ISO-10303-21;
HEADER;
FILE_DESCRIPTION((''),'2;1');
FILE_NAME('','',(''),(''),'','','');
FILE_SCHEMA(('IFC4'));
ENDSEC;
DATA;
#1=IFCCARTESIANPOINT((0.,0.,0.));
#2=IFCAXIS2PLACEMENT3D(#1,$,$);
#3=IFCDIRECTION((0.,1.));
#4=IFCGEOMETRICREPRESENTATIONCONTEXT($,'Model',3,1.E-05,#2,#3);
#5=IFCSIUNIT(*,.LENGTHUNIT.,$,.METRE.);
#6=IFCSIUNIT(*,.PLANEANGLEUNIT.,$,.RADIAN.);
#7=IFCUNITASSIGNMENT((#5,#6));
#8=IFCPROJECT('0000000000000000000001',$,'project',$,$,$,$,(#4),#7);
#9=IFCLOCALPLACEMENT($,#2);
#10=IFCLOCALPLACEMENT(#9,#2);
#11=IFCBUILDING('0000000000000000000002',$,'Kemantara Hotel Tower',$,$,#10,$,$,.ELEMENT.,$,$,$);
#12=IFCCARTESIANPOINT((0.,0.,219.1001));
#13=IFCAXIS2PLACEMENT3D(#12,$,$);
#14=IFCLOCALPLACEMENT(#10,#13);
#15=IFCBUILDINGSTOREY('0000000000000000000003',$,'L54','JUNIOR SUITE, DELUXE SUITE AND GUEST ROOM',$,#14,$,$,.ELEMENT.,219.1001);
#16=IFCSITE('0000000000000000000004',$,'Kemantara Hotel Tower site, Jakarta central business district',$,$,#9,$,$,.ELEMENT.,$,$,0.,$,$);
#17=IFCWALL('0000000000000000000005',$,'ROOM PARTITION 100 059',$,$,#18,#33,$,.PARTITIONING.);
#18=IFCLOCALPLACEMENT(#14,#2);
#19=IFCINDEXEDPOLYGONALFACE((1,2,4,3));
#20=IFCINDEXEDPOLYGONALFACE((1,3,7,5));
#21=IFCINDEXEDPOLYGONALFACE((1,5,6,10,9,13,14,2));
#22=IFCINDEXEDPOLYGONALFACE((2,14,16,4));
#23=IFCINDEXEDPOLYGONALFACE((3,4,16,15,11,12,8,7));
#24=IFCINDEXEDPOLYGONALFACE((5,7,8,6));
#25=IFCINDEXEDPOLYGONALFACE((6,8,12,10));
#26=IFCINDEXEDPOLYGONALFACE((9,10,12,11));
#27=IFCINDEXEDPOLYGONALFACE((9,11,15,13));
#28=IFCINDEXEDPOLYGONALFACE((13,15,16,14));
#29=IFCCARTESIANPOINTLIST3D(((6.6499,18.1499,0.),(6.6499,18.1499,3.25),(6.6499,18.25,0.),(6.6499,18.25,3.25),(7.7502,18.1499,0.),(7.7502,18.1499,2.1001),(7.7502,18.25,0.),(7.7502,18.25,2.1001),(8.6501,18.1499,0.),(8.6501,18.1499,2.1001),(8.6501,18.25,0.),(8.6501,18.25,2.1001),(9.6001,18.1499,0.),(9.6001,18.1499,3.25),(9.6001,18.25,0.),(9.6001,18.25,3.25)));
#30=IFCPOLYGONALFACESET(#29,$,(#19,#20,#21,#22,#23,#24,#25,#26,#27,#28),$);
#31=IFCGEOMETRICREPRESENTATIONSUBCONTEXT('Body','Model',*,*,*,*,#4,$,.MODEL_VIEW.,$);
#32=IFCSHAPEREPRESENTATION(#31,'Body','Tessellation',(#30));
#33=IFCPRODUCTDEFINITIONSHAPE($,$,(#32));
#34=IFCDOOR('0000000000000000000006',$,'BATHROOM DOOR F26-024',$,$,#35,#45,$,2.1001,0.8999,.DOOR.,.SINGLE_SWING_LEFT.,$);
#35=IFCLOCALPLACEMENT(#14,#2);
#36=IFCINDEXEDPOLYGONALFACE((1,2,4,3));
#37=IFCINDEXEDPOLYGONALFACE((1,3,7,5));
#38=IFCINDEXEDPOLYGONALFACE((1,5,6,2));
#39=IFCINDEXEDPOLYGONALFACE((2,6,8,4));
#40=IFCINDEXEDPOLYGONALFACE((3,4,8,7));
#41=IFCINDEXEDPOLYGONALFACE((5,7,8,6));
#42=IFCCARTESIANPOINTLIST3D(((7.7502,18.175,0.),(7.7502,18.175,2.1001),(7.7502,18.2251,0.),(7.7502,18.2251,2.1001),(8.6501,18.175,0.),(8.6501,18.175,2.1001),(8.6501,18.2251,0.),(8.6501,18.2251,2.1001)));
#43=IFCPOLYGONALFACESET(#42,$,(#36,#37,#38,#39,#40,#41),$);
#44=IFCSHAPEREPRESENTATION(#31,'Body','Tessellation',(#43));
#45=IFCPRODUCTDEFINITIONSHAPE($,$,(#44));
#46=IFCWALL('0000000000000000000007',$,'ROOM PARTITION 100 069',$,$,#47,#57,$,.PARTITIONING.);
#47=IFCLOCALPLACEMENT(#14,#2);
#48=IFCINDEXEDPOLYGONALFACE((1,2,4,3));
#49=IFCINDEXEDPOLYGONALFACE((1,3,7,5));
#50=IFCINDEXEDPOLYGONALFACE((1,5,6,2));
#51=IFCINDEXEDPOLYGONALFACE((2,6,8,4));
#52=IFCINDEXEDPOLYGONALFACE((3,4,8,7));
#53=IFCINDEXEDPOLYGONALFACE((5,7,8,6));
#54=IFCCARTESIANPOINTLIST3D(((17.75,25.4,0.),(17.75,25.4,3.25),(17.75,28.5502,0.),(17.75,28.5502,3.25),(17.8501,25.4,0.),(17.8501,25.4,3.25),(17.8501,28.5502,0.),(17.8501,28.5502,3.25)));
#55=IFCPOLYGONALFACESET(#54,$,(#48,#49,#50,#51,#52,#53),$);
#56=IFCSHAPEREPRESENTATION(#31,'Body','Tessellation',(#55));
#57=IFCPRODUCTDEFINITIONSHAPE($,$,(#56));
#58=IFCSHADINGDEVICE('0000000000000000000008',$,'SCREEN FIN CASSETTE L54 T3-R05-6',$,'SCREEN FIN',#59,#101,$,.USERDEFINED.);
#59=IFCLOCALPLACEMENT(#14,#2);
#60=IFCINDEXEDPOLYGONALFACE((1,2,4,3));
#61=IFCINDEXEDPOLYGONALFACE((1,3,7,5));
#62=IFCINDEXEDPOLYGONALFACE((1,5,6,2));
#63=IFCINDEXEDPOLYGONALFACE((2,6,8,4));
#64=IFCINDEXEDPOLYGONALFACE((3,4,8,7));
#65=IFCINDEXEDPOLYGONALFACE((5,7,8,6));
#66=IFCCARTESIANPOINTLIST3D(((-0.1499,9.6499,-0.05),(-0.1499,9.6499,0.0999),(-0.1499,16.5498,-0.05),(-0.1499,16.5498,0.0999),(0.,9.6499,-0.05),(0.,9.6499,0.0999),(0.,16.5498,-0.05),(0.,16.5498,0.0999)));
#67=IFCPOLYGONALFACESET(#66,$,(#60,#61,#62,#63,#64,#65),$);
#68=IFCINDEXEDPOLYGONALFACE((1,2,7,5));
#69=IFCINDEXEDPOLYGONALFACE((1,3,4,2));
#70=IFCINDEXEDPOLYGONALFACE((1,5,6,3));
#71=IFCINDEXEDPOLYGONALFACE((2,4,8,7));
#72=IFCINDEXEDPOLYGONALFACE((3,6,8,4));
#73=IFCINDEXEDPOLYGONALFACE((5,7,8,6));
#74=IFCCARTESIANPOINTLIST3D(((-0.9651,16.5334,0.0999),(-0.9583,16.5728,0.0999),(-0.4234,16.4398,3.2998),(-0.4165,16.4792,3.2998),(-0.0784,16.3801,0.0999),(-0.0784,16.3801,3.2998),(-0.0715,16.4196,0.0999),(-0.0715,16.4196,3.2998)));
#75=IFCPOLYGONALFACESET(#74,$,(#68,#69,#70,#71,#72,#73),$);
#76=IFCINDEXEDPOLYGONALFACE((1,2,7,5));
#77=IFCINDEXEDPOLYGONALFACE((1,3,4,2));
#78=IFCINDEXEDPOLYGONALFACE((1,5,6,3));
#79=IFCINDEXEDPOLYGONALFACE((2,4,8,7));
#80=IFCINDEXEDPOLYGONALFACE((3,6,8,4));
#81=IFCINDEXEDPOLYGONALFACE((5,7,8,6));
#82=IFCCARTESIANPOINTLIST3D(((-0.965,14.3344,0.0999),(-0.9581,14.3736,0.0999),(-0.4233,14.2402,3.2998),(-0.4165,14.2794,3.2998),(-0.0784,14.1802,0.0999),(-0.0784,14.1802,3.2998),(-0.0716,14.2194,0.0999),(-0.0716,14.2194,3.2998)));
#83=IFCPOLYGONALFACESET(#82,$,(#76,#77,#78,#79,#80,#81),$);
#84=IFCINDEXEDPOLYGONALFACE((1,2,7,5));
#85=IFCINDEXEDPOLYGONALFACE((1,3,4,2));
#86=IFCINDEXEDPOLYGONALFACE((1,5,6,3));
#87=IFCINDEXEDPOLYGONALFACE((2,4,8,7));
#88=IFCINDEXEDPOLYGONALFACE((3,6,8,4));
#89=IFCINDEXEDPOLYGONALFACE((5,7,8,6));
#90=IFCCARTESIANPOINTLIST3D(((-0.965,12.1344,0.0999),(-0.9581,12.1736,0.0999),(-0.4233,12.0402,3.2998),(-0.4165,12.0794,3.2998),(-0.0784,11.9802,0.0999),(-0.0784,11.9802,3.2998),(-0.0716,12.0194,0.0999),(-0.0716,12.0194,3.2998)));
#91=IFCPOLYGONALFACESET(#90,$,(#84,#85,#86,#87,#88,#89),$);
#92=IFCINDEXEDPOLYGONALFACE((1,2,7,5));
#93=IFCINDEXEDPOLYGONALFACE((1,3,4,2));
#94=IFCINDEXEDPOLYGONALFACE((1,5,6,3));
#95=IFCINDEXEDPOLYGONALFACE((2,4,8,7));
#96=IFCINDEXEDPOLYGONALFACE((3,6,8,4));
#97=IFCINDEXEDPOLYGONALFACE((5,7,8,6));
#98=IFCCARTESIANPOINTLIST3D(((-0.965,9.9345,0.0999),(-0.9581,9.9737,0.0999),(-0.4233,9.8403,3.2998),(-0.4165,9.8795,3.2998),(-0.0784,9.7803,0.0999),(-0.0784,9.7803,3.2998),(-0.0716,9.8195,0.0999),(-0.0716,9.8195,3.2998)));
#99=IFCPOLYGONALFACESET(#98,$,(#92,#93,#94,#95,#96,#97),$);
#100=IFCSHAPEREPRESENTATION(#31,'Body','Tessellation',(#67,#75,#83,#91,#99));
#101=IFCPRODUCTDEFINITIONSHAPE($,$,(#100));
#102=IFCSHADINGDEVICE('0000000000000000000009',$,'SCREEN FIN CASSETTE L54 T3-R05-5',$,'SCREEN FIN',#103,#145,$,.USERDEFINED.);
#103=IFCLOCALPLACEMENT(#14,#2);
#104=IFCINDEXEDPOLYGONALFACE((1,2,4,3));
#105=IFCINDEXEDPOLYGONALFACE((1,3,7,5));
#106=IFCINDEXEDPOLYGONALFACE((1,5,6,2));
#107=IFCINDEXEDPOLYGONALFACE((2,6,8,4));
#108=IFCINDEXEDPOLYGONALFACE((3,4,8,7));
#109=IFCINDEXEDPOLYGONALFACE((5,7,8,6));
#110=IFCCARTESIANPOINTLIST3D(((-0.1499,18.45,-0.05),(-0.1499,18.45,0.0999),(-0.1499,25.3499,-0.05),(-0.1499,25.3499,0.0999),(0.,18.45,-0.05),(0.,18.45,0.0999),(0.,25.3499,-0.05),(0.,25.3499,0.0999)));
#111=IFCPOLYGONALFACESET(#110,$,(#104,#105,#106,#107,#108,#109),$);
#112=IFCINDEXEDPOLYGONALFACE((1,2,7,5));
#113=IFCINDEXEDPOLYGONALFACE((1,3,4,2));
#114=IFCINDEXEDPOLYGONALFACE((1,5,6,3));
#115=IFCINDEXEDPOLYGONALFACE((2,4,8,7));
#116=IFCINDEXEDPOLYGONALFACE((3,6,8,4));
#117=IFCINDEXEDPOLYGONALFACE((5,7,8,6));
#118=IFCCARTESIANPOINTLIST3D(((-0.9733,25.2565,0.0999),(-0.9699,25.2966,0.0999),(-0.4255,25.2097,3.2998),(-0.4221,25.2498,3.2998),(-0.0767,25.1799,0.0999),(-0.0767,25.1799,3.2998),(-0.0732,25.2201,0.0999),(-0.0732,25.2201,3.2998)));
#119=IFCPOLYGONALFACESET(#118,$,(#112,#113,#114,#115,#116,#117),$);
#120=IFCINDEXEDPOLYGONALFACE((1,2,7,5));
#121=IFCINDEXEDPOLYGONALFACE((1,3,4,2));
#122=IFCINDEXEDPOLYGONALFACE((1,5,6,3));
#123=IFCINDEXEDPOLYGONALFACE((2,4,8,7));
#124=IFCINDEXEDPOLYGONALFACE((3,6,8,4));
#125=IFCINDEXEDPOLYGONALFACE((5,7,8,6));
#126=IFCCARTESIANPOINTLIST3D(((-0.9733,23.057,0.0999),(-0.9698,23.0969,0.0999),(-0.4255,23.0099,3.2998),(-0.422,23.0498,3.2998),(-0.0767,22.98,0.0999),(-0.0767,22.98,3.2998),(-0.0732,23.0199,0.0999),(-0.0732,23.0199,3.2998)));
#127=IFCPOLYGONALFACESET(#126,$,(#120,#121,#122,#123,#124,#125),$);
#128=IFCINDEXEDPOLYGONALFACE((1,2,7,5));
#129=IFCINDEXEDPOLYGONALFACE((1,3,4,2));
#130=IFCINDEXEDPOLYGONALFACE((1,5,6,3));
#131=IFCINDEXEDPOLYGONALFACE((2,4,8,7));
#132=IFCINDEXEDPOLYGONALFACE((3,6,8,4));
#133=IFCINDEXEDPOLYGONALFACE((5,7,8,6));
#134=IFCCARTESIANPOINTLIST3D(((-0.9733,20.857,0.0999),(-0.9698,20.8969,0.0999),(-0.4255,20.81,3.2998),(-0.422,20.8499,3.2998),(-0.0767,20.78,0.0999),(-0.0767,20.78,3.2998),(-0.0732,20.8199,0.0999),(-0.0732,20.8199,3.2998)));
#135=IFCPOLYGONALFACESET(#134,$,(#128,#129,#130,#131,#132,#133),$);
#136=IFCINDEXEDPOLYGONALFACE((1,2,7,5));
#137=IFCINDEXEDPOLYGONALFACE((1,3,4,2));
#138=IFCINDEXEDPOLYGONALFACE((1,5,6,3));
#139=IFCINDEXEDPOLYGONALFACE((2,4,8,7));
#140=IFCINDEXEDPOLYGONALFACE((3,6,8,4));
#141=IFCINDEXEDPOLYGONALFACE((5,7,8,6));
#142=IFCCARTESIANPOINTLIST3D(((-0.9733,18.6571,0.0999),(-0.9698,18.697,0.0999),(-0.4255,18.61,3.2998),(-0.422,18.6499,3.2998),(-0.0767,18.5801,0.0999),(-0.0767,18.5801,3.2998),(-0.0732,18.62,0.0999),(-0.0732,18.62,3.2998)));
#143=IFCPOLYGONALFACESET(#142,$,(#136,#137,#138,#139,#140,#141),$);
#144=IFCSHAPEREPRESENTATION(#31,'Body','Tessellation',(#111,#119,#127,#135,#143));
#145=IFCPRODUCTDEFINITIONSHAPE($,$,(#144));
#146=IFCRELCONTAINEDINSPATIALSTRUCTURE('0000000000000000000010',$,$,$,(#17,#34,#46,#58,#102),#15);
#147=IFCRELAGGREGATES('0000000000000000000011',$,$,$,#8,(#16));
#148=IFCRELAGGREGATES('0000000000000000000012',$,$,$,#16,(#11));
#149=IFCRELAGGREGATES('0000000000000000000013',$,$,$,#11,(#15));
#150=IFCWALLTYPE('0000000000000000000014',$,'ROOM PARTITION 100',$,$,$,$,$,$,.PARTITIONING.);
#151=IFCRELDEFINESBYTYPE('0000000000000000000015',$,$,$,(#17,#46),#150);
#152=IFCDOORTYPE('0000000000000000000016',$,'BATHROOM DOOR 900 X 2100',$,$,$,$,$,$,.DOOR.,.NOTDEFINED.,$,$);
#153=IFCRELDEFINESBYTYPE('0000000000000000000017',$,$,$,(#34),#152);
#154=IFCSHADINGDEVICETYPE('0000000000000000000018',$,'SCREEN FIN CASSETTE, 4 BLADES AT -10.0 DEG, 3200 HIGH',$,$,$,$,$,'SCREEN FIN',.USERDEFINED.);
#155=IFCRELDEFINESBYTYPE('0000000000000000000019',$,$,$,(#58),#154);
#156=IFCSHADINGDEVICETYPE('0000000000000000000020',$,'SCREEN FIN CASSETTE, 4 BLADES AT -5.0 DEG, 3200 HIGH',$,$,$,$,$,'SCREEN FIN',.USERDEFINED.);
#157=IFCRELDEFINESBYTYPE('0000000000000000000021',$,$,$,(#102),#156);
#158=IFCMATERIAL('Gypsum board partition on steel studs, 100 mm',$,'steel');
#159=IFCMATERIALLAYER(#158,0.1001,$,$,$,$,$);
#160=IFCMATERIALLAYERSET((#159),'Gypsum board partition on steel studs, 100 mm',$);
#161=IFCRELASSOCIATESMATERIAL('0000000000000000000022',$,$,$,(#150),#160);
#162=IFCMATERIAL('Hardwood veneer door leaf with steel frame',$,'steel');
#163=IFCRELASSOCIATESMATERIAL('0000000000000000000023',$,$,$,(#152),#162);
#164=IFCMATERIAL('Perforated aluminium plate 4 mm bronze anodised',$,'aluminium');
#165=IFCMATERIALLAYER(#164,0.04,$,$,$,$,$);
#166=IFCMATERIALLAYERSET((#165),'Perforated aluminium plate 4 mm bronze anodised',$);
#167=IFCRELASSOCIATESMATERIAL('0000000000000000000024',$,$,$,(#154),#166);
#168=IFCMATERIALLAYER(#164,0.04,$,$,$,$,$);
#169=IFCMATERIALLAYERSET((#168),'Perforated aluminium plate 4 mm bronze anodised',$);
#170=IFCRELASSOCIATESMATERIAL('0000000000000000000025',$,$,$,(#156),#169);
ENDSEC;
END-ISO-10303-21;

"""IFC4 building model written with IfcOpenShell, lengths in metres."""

from ifc_helpers import new_model, si_unit, direction, frame, frame_2d, origin, origin_2d, place, context, subcontext, project, spatial, polyline, rectangle, outline, extrude, source, transform, mapped, material, layer, layer_set, type_object, element, fill, save


model = new_model("IFC4")

# Units and contexts
model_context = context("Model", 3, precision=1e-05, world=origin(), true_north=direction((0.0, 1.0)))
body_context = subcontext(model_context, "Body", "Model", "MODEL_VIEW")
ifc_project = project(units=[si_unit("LENGTHUNIT", "METRE"), si_unit("PLANEANGLEUNIT", "RADIAN")], contexts=[model_context])

# Site, building, storey
site_placement = place(None, origin())
site = spatial("IfcSite", under=ifc_project, at=site_placement, Name="Kemantara Hotel Tower site, Jakarta central business district", CompositionType="ELEMENT", RefElevation=0.0)
building_placement = place(site_placement, origin())
building = spatial("IfcBuilding", under=site, at=building_placement, Name="Kemantara Hotel Tower", CompositionType="ELEMENT")
storey_placement = place(building_placement, frame((0.0, 0.0, 219.1001)))
storey = spatial("IfcBuildingStorey", under=building, at=storey_placement, Name="L54", Description="JUNIOR SUITE, DELUXE SUITE AND GUEST ROOM", CompositionType="ELEMENT", Elevation=219.1001)

# Shared definitions
ifc_material_1 = material(Name="Gypsum board partition on steel studs, 100 mm", Category="steel")
ifc_layer_1 = layer(ifc_material_1, 0.1001)
ifc_layer_set_1 = layer_set([ifc_layer_1], Name="Gypsum board partition on steel studs, 100 mm")
wall_type_1 = type_object("IfcWallType", Name="ROOM PARTITION 100", PredefinedType="PARTITIONING", material=ifc_layer_set_1)

# Wall, opening, door
wall_1_placement = place(storey_placement, frame((9.6001, 18.2, 0.0), z_axis=(0.0, 0.0, 1.0), x_axis=(-1.0, 0.0, 0.0)))
wall_1 = element("IfcWall", 1, at=wall_1_placement, inside=storey, type_object=wall_type_1, Name="ROOM PARTITION 100 059", PredefinedType="PARTITIONING", context=body_context, shape_type="SweptSolid", body=[
    extrude(rectangle(XDim=2.9502, YDim=0.1001, at=frame_2d((1.4751, 0.0))), origin(), (0.0, 0.0, 1.0), 3.25),
])
opening_placement = place(wall_1_placement, frame((0.95, 0.0, 0.0)))
opening = element("IfcOpeningElement", 2, at=opening_placement, cuts=wall_1, PredefinedType="OPENING", context=body_context, shape_type="SweptSolid", body=[
    extrude(rectangle(XDim=0.8999, YDim=2.1001, at=frame_2d((0.45, 1.05))), frame((0.0, 0.0601, 0.0), z_axis=(0.0, -1.0, 0.0), x_axis=(1.0, 0.0, 0.0)), (0.0, 0.0, 1.0), 0.1201),
])
ifc_material_2 = material(Name="Hardwood veneer door leaf with steel frame", Category="steel")
door_type = type_object("IfcDoorType", Name="BATHROOM DOOR 900 X 2100", OperationType="NOTDEFINED", PredefinedType="DOOR", material=ifc_material_2)
door_placement = place(opening_placement, origin())
door = element("IfcDoor", 3, at=door_placement, inside=storey, type_object=door_type, Name="BATHROOM DOOR F26-024", OperationType="SINGLE_SWING_LEFT", OverallHeight=2.1001, OverallWidth=0.8999, PredefinedType="DOOR", context=body_context, shape_type="SweptSolid", body=[
    extrude(rectangle(XDim=0.8999, YDim=2.1001, at=frame_2d((0.45, 1.05))), frame((0.0, 0.0249, 0.0), z_axis=(0.0, -1.0, 0.0), x_axis=(1.0, 0.0, 0.0)), (0.0, 0.0, 1.0), 0.05),
])
fill(opening, door)

# Wall
wall_2_placement = place(storey_placement, frame((17.8, 25.3999, 0.0), z_axis=(0.0, 0.0, 1.0), x_axis=(0.0, 1.0, 0.0)))
element("IfcWall", 4, at=wall_2_placement, inside=storey, type_object=wall_type_1, Name="ROOM PARTITION 100 069", PredefinedType="PARTITIONING", context=body_context, shape_type="SweptSolid", body=[
    extrude(rectangle(XDim=3.1501, YDim=0.1001, at=frame_2d((1.5752, 0.0))), origin(), (0.0, 0.0, 1.0), 3.25),
])

# Shading devices
ifc_material_3 = material(Name="Perforated aluminium plate 4 mm bronze anodised", Category="aluminium")
ifc_layer_2 = layer(ifc_material_3, 0.04)
ifc_layer_set_2 = layer_set([ifc_layer_2], Name="Perforated aluminium plate 4 mm bronze anodised")
shading_device_type_1 = type_object("IfcShadingDeviceType", Name="SCREEN FIN CASSETTE, 4 BLADES AT -10.0 DEG, 3200 HIGH", ElementType="SCREEN FIN", PredefinedType="USERDEFINED", material=ifc_layer_set_2)
shared_shape_1 = source(origin(), body_context, "Body", "SweptSolid", [
    extrude(rectangle(XDim=6.8999, YDim=0.1499, at=origin_2d()), frame((3.3, -0.075, -0.1499), z_axis=(0.0, 0.0, 1.0), x_axis=(1.0, 0.0, 0.0)), (0.0, 0.0, 1.0), 0.1499),
    extrude(outline(polyline([(0.0, 0.0), (0.8999, 0.0), (0.3501, 3.2), (0.0, 3.2), (0.0, 0.0)])), frame((0.0198, -0.0784, 0.0), z_axis=(-0.98539, 0.170314, 0.0), x_axis=(-0.170314, -0.98539, 0.0)), (0.0, 0.0, 1.0), 0.04),
    extrude(outline(polyline([(0.0, 0.0), (0.8999, 0.0), (0.3501, 3.2), (0.0, 3.2), (0.0, 0.0)])), frame((2.2197, -0.0784, 0.0), z_axis=(-0.985212, 0.171341, 0.0), x_axis=(-0.171341, -0.985212, 0.0)), (0.0, 0.0, 1.0), 0.0398),
    extrude(outline(polyline([(0.0, 0.0), (0.8999, 0.0), (0.3501, 3.2), (0.0, 3.2), (0.0, 0.0)])), frame((4.4197, -0.0784, 0.0), z_axis=(-0.985212, 0.171341, 0.0), x_axis=(-0.171341, -0.985212, 0.0)), (0.0, 0.0, 1.0), 0.0398),
    extrude(outline(polyline([(0.0, 0.0), (0.8999, 0.0), (0.3501, 3.2), (0.0, 3.2), (0.0, 0.0)])), frame((6.6196, -0.0784, 0.0), z_axis=(-0.985212, 0.171341, 0.0), x_axis=(-0.171341, -0.985212, 0.0)), (0.0, 0.0, 1.0), 0.0398),
])
shading_device_1_placement = place(storey_placement, frame((0.0, 16.3999, 0.0999), z_axis=(0.0, 0.0, 1.0), x_axis=(0.0, -1.0, 0.0)))
element("IfcShadingDevice", 5, at=shading_device_1_placement, inside=storey, type_object=shading_device_type_1, Name="SCREEN FIN CASSETTE L54 T3-R05-6", ObjectType="SCREEN FIN", PredefinedType="USERDEFINED", context=body_context, shape_type="MappedRepresentation", body=[
    mapped(shared_shape_1, transform((0.0, 0.0, 0.0))),
])
ifc_layer_3 = layer(ifc_material_3, 0.04)
ifc_layer_set_3 = layer_set([ifc_layer_3], Name="Perforated aluminium plate 4 mm bronze anodised")
shading_device_type_2 = type_object("IfcShadingDeviceType", Name="SCREEN FIN CASSETTE, 4 BLADES AT -5.0 DEG, 3200 HIGH", ElementType="SCREEN FIN", PredefinedType="USERDEFINED", material=ifc_layer_set_3)
shared_shape_2 = source(origin(), body_context, "Body", "SweptSolid", [
    extrude(rectangle(XDim=6.8999, YDim=0.1499, at=origin_2d()), frame((3.3, -0.075, -0.1499), z_axis=(0.0, 0.0, 1.0), x_axis=(1.0, 0.0, 0.0)), (0.0, 0.0, 1.0), 0.1499),
    extrude(outline(polyline([(0.0, 0.0), (0.8999, 0.0), (0.3501, 3.2), (0.0, 3.2), (0.0, 0.0)])), frame((0.02, -0.0767, 0.0), z_axis=(-0.996376, 0.085056, 0.0), x_axis=(-0.085056, -0.996376, 0.0)), (0.0, 0.0, 1.0), 0.0403),
    extrude(outline(polyline([(0.0, 0.0), (0.8999, 0.0), (0.3501, 3.2), (0.0, 3.2), (0.0, 0.0)])), frame((2.22, -0.0767, 0.0), z_axis=(-0.996332, 0.085575, 0.0), x_axis=(-0.085575, -0.996332, 0.0)), (0.0, 0.0, 1.0), 0.04),
    extrude(outline(polyline([(0.0, 0.0), (0.8999, 0.0), (0.3501, 3.2), (0.0, 3.2), (0.0, 0.0)])), frame((4.4199, -0.0767, 0.0), z_axis=(-0.996332, 0.085575, 0.0), x_axis=(-0.085575, -0.996332, 0.0)), (0.0, 0.0, 1.0), 0.04),
    extrude(outline(polyline([(0.0, 0.0), (0.8999, 0.0), (0.3501, 3.2), (0.0, 3.2), (0.0, 0.0)])), frame((6.6199, -0.0767, 0.0), z_axis=(-0.996332, 0.085575, 0.0), x_axis=(-0.085575, -0.996332, 0.0)), (0.0, 0.0, 1.0), 0.04),
])
shading_device_2_placement = place(storey_placement, frame((0.0, 25.2, 0.0999), z_axis=(0.0, 0.0, 1.0), x_axis=(0.0, -1.0, 0.0)))
element("IfcShadingDevice", 6, at=shading_device_2_placement, inside=storey, type_object=shading_device_type_2, Name="SCREEN FIN CASSETTE L54 T3-R05-5", ObjectType="SCREEN FIN", PredefinedType="USERDEFINED", context=body_context, shape_type="MappedRepresentation", body=[
    mapped(shared_shape_2, transform((0.0, 0.0, 0.0))),
])

save(model, "model.ifc")
